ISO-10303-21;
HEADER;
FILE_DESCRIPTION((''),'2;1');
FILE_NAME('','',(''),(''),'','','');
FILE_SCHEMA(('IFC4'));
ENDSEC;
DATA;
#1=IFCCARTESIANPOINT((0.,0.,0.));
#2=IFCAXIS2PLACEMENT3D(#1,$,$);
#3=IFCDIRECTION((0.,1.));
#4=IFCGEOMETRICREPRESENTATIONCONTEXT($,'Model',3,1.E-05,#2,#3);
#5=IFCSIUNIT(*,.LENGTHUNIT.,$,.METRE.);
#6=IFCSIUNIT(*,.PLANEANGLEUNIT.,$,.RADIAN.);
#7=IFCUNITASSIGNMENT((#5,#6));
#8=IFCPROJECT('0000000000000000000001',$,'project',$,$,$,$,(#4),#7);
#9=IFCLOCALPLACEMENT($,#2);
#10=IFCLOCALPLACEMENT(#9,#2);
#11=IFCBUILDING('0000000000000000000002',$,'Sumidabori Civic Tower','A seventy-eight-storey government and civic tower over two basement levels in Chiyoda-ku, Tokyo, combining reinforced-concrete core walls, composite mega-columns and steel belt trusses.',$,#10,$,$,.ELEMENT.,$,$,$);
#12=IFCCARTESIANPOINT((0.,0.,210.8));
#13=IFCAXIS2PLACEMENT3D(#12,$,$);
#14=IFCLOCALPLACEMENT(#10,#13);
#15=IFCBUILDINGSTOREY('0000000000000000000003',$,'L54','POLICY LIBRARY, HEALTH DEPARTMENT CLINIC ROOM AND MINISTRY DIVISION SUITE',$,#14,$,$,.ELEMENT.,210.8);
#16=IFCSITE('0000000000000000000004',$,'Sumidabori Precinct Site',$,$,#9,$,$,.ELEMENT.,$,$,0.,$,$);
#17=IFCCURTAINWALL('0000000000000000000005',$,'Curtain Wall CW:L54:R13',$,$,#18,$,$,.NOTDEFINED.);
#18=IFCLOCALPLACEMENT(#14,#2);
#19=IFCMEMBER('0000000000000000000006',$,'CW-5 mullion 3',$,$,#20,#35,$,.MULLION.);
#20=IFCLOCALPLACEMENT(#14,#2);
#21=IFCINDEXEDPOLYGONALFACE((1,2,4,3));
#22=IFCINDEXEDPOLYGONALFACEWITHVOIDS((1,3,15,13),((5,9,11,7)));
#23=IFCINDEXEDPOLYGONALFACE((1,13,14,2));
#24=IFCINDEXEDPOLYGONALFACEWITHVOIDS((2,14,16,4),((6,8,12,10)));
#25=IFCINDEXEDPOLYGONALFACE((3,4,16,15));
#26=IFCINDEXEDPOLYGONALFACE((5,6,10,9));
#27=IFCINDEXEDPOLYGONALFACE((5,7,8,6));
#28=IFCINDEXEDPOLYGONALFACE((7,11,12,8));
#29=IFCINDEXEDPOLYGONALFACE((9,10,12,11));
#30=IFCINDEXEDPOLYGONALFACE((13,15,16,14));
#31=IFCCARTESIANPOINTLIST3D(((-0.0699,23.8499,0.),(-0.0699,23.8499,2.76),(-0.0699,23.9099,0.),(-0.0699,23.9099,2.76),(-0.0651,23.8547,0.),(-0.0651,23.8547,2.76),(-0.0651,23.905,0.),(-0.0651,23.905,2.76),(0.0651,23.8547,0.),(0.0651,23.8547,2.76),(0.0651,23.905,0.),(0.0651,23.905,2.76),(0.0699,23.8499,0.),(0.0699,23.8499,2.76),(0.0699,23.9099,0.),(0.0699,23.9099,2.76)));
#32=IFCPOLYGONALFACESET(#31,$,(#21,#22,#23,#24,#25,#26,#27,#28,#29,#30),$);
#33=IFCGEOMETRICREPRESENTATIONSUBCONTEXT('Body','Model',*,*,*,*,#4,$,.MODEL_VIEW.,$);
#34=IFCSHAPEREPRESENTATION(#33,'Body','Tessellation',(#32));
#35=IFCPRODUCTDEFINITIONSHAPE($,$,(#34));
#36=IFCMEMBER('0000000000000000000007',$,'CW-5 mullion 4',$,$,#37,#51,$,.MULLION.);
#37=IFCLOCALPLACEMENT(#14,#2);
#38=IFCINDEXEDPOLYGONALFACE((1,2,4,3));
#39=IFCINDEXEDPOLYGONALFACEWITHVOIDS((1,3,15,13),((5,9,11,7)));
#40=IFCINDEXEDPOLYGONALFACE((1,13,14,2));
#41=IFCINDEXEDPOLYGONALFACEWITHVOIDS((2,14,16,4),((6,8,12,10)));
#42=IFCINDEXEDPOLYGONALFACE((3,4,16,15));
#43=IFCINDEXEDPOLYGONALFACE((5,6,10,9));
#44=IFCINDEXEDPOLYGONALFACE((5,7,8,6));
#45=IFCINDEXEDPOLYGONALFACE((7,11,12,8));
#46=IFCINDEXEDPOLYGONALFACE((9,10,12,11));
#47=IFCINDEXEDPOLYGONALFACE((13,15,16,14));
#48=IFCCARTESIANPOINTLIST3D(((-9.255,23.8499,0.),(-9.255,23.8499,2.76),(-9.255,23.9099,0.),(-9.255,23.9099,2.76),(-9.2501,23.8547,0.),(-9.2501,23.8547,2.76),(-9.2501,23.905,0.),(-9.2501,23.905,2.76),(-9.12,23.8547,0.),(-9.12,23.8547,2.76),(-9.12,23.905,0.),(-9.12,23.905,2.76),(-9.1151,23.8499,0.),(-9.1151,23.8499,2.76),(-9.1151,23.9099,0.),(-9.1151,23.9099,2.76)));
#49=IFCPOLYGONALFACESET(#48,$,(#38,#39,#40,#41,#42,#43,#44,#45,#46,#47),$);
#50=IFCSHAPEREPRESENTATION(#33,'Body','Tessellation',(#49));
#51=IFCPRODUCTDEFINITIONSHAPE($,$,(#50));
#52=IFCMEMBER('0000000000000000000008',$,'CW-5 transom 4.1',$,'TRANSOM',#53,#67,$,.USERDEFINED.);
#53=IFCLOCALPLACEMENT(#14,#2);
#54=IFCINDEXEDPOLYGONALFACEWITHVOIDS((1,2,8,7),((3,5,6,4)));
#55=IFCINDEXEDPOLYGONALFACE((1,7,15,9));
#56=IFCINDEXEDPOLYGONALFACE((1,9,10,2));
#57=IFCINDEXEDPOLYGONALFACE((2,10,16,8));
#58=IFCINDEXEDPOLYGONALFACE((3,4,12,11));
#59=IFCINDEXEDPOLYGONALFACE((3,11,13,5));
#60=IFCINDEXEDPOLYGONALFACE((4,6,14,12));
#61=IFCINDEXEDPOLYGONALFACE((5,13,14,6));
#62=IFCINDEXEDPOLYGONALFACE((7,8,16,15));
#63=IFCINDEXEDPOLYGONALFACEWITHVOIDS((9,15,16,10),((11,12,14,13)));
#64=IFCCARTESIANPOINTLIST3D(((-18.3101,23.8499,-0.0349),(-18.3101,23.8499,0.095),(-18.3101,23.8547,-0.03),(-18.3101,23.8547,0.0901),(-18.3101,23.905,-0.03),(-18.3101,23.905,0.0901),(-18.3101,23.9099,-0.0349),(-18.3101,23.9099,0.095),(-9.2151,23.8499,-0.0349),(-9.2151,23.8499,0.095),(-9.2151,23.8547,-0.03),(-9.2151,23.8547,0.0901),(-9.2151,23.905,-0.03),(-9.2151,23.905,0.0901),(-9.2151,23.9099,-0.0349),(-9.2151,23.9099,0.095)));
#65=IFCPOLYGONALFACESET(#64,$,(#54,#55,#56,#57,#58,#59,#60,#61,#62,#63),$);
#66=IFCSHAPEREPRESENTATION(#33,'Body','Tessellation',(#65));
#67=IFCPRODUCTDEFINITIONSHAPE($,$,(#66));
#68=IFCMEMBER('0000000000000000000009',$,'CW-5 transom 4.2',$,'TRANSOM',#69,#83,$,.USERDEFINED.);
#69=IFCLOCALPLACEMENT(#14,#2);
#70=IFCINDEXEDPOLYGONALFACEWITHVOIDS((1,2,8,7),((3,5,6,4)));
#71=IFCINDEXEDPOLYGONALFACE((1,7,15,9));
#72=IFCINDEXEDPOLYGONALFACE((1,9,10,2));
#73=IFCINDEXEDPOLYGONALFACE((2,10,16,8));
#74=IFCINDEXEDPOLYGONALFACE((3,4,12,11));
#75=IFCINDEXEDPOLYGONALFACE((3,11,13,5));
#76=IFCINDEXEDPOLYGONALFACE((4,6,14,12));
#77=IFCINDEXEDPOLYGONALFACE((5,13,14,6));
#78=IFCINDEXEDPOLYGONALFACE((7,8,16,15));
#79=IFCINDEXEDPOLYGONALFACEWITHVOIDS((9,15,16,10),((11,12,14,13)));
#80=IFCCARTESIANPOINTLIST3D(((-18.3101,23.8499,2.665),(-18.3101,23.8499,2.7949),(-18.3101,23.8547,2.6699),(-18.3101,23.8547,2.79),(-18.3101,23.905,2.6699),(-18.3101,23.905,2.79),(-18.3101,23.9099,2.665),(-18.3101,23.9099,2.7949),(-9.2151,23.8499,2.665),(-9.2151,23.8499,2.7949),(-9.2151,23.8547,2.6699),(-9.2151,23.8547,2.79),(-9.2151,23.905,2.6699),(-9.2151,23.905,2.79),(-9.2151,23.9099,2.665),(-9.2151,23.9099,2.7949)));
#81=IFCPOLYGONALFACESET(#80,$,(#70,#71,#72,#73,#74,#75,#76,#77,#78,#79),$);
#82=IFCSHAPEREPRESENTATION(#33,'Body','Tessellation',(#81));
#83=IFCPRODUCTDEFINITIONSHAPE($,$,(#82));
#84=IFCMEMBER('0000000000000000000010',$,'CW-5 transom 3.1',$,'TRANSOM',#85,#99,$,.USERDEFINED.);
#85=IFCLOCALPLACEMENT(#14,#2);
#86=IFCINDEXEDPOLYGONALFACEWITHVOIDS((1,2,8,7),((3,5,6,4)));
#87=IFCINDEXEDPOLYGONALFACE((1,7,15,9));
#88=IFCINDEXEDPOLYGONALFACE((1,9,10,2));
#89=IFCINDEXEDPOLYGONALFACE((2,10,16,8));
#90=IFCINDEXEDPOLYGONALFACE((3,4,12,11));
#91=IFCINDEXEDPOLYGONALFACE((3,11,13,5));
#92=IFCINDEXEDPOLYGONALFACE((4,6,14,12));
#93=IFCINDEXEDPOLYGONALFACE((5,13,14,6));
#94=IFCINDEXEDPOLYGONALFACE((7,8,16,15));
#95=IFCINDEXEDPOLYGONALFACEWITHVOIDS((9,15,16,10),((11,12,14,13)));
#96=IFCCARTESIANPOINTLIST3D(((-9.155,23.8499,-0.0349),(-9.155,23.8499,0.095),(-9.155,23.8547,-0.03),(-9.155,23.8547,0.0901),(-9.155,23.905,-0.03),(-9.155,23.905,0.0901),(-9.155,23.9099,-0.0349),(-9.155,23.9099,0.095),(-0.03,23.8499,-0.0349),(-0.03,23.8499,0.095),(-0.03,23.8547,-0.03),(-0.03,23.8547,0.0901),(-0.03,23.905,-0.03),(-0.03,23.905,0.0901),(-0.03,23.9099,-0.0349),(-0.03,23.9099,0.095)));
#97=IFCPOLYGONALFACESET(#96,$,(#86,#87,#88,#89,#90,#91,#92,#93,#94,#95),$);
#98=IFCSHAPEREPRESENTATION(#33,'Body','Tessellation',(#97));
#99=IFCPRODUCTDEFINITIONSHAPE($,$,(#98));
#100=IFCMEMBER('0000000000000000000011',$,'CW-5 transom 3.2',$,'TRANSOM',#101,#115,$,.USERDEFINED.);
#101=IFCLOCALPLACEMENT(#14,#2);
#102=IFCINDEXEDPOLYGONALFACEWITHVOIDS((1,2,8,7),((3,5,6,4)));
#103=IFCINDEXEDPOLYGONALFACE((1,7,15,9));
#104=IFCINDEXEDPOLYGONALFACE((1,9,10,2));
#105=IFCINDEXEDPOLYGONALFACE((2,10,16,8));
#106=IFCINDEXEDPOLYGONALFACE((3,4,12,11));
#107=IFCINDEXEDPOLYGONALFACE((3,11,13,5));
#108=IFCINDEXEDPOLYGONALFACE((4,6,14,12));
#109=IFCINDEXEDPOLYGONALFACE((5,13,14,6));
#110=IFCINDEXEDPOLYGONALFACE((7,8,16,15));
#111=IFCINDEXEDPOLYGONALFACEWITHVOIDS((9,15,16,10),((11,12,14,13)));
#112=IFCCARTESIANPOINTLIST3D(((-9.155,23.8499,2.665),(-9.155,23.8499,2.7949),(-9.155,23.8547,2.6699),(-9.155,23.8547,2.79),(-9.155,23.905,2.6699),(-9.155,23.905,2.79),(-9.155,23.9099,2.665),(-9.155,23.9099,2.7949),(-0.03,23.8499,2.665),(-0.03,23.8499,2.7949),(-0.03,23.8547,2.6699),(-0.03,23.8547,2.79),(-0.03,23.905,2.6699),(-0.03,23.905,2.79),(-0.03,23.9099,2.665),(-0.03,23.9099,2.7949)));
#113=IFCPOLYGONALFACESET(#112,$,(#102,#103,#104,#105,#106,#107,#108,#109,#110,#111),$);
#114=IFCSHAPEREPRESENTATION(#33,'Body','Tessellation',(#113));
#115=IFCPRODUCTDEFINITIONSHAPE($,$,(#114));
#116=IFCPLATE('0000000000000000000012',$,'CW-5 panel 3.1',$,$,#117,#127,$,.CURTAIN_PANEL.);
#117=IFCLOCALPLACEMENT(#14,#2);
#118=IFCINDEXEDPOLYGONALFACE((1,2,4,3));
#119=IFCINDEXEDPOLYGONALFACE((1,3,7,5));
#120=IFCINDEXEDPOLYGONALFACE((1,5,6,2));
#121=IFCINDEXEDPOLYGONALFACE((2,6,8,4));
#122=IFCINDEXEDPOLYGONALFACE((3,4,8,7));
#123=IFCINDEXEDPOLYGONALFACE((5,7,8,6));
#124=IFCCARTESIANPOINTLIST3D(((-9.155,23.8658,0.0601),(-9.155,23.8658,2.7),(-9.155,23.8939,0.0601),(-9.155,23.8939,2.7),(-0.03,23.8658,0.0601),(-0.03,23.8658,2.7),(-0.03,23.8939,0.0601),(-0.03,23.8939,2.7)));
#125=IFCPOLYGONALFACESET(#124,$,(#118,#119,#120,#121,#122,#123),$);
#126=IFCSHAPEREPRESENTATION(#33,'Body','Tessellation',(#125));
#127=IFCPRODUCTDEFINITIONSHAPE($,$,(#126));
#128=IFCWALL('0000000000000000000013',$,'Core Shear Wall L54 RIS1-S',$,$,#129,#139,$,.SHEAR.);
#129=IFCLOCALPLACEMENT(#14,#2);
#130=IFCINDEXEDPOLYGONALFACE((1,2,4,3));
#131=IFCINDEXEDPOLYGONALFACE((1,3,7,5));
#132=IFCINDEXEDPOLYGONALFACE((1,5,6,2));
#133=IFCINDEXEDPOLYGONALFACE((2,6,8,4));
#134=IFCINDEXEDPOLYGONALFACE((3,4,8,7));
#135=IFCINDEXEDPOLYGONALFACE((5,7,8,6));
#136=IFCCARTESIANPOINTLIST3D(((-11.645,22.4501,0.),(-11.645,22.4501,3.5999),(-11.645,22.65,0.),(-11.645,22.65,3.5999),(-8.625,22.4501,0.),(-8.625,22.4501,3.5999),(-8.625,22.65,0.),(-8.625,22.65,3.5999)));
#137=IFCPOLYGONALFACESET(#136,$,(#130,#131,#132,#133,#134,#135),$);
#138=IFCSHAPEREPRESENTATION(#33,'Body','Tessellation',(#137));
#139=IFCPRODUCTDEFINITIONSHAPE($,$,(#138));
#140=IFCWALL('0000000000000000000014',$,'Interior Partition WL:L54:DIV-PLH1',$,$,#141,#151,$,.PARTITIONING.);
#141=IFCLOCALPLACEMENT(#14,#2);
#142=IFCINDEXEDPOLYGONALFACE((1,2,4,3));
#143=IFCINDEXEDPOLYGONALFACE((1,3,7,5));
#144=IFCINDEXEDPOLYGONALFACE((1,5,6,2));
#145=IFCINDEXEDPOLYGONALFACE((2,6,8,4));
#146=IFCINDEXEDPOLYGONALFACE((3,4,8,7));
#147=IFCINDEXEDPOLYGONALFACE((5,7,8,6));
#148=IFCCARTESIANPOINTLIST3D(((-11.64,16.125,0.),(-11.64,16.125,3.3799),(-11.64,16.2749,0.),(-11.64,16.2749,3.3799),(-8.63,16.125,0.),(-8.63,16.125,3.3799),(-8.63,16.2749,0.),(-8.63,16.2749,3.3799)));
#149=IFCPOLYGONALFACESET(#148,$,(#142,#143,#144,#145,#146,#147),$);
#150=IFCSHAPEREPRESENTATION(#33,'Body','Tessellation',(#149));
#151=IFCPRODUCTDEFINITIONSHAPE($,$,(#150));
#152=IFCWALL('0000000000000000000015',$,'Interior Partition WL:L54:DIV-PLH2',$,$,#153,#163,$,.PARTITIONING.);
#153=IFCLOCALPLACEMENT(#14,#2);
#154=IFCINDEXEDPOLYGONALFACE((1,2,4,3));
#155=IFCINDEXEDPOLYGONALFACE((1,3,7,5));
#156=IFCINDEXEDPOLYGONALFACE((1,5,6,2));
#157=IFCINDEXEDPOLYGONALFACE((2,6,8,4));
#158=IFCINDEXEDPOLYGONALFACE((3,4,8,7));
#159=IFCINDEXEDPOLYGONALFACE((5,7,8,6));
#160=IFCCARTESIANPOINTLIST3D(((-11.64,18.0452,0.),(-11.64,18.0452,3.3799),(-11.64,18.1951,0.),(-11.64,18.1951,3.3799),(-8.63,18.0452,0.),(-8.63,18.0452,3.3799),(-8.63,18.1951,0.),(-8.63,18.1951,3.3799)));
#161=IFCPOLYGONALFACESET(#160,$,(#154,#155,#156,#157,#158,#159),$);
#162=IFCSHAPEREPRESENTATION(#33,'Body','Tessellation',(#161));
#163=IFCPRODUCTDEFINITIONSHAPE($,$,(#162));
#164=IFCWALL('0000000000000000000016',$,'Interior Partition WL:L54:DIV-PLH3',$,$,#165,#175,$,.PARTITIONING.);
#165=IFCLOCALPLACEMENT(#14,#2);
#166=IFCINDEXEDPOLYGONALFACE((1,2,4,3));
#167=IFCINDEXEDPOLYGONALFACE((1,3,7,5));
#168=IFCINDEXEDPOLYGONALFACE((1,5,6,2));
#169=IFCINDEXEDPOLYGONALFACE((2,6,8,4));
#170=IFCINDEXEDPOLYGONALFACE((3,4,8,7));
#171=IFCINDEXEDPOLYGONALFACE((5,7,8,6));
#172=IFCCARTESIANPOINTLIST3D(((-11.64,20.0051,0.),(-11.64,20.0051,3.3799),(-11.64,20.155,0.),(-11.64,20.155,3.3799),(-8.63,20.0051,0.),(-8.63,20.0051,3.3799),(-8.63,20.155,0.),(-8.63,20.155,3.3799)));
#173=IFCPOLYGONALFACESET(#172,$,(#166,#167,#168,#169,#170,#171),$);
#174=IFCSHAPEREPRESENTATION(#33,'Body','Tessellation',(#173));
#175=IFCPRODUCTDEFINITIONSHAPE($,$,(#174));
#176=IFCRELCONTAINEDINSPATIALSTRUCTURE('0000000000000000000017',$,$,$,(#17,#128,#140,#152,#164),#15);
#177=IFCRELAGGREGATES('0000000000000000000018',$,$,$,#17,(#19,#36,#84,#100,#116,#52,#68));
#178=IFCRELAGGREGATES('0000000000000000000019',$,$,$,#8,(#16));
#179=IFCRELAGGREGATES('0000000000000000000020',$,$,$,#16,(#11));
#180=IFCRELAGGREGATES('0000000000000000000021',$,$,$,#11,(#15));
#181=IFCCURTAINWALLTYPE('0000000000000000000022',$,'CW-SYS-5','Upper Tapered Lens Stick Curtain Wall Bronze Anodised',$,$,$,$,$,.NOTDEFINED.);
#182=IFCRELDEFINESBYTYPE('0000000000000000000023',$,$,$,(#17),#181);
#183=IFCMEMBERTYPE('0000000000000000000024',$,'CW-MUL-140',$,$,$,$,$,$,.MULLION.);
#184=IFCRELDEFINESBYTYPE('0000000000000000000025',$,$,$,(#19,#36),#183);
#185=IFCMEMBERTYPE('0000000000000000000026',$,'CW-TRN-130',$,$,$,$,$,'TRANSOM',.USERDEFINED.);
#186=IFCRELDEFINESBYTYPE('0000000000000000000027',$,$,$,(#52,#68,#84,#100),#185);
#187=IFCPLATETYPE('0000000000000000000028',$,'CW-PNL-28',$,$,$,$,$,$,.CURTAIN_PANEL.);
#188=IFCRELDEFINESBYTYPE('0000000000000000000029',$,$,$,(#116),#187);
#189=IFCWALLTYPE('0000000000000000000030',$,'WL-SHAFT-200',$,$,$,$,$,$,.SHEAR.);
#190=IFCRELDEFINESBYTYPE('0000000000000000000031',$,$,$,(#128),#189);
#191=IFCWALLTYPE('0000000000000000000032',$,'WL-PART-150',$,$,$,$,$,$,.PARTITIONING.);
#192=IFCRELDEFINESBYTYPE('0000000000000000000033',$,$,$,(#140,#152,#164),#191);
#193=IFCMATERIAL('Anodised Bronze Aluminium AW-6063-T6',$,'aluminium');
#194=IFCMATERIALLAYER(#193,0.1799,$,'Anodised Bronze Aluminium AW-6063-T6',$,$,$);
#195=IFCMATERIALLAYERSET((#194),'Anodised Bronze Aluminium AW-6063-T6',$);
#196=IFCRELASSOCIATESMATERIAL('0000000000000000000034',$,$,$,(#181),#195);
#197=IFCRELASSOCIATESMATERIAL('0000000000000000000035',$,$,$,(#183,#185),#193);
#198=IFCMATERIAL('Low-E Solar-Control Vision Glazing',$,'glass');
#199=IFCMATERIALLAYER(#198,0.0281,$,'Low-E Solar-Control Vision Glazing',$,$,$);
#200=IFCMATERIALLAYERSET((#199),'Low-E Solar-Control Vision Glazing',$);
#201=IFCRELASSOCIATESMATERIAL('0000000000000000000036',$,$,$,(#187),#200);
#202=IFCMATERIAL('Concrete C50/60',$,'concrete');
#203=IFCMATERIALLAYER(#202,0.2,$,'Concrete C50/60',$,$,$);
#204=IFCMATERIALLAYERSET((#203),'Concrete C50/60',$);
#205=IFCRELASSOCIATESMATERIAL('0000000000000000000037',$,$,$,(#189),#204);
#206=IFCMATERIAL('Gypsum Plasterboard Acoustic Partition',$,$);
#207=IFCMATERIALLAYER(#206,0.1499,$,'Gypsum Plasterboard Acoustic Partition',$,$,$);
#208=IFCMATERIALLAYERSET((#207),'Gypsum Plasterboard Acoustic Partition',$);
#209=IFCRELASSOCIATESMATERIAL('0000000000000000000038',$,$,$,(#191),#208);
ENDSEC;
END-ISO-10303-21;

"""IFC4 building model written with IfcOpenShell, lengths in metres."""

from ifc_helpers import new_model, si_unit, direction, frame, frame_2d, origin, origin_2d, place, context, subcontext, project, spatial, rectangle, hollow_rectangle, extrude, source, transform, mapped, material, layer, layer_set, material_profile, profile_set, type_object, element, aggregate, save


model = new_model("IFC4")

# Units and contexts
model_context = context("Model", 3, precision=1e-05, world=origin(), true_north=direction((0.0, 1.0)))
body_context = subcontext(model_context, "Body", "Model", "MODEL_VIEW")
ifc_project = project(units=[si_unit("LENGTHUNIT", "METRE"), si_unit("PLANEANGLEUNIT", "RADIAN")], contexts=[model_context])

# Site, building, storey
site_placement = place(None, origin())
site = spatial("IfcSite", under=ifc_project, at=site_placement, Name="Sumidabori Precinct Site", CompositionType="ELEMENT", RefElevation=0.0)
building_placement = place(site_placement, origin())
building = spatial("IfcBuilding", under=site, at=building_placement, Name="Sumidabori Civic Tower", Description="A seventy-eight-storey government and civic tower over two basement levels in Chiyoda-ku, Tokyo, combining reinforced-concrete core walls, composite mega-columns and steel belt trusses.", CompositionType="ELEMENT")
storey_placement = place(building_placement, frame((0.0, 0.0, 210.8)))
storey = spatial("IfcBuildingStorey", under=building, at=storey_placement, Name="L54", Description="POLICY LIBRARY, HEALTH DEPARTMENT CLINIC ROOM AND MINISTRY DIVISION SUITE", CompositionType="ELEMENT", Elevation=210.8)

# Curtain wall, members, plate
ifc_material_1 = material(Name="Anodised Bronze Aluminium AW-6063-T6", Category="aluminium")
ifc_layer_1 = layer(ifc_material_1, 0.1799, Name="Anodised Bronze Aluminium AW-6063-T6")
ifc_layer_set_1 = layer_set([ifc_layer_1], Name="Anodised Bronze Aluminium AW-6063-T6")
curtain_wall_type = type_object("IfcCurtainWallType", Name="CW-SYS-5", Description="Upper Tapered Lens Stick Curtain Wall Bronze Anodised", PredefinedType="NOTDEFINED", material=ifc_layer_set_1)
curtain_wall_placement = place(storey_placement, origin())
curtain_wall = element("IfcCurtainWall", 1, at=curtain_wall_placement, inside=storey, type_object=curtain_wall_type, Name="Curtain Wall CW:L54:R13", PredefinedType="NOTDEFINED")
ifc_material_profile_1 = material_profile(ifc_material_1, hollow_rectangle(XDim=0.0601, YDim=0.1399, WallThickness=0.0049, at=origin_2d()), Name="ALU MULLION 140x60")
ifc_profile_set_1 = profile_set([ifc_material_profile_1], Name="Anodised Bronze Aluminium AW-6063-T6")
member_type_1 = type_object("IfcMemberType", Name="CW-MUL-140", PredefinedType="MULLION", material=ifc_profile_set_1)
shared_shape_1 = source(origin(), body_context, "Body", "SweptSolid", [
    extrude(hollow_rectangle(XDim=0.0601, YDim=0.1399, WallThickness=0.0049, at=origin_2d()), origin(), (0.0, 0.0, 1.0), 2.76),
])
member_1_placement = place(storey_placement, frame((0.0, 23.8799, 0.0), z_axis=(0.0, 0.0, 1.0), x_axis=(0.0, -1.0, 0.0)))
member_1 = element("IfcMember", 2, at=member_1_placement, type_object=member_type_1, Name="CW-5 mullion 3", PredefinedType="MULLION", context=body_context, shape_type="MappedRepresentation", body=[
    mapped(shared_shape_1, transform((0.0, 0.0, 0.0), x_axis=(1.0, 0.0, 0.0), y_axis=(0.0, 1.0, 0.0), z_axis=(0.0, 0.0, 1.0), scale=1.0)),
])
member_2_placement = place(storey_placement, frame((-9.1851, 23.8799, 0.0), z_axis=(0.0, 0.0, 1.0), x_axis=(0.0, -1.0, 0.0)))
member_2 = element("IfcMember", 3, at=member_2_placement, type_object=member_type_1, Name="CW-5 mullion 4", PredefinedType="MULLION", context=body_context, shape_type="MappedRepresentation", body=[
    mapped(shared_shape_1, transform((0.0, 0.0, 0.0), x_axis=(1.0, 0.0, 0.0), y_axis=(0.0, 1.0, 0.0), z_axis=(0.0, 0.0, 1.0), scale=1.0)),
])
ifc_material_profile_2 = material_profile(ifc_material_1, hollow_rectangle(XDim=0.0601, YDim=0.1299, WallThickness=0.0049, at=origin_2d()), Name="ALU TRANSOM 130x60")
ifc_profile_set_2 = profile_set([ifc_material_profile_2], Name="Anodised Bronze Aluminium AW-6063-T6")
member_type_2 = type_object("IfcMemberType", Name="CW-TRN-130", ElementType="TRANSOM", PredefinedType="USERDEFINED", material=ifc_profile_set_2)
shared_shape_2 = source(origin(), body_context, "Body", "SweptSolid", [
    extrude(hollow_rectangle(XDim=0.0601, YDim=0.1299, WallThickness=0.0049, at=origin_2d()), origin(), (0.0, 0.0, 1.0), 9.095),
])
member_3_placement = place(storey_placement, frame((-9.2151, 23.8799, 0.03), z_axis=(-1.0, 0.0, 0.0), x_axis=(0.0, -1.0, 0.0)))
member_3 = element("IfcMember", 4, at=member_3_placement, type_object=member_type_2, Name="CW-5 transom 4.1", ObjectType="TRANSOM", PredefinedType="USERDEFINED", context=body_context, shape_type="MappedRepresentation", body=[
    mapped(shared_shape_2, transform((0.0, 0.0, 0.0), x_axis=(1.0, 0.0, 0.0), y_axis=(0.0, 1.0, 0.0), z_axis=(0.0, 0.0, 1.0), scale=1.0)),
])
member_4_placement = place(storey_placement, frame((-9.2151, 23.8799, 2.73), z_axis=(-1.0, 0.0, 0.0), x_axis=(0.0, -1.0, 0.0)))
member_4 = element("IfcMember", 5, at=member_4_placement, type_object=member_type_2, Name="CW-5 transom 4.2", ObjectType="TRANSOM", PredefinedType="USERDEFINED", context=body_context, shape_type="MappedRepresentation", body=[
    mapped(shared_shape_2, transform((0.0, 0.0, 0.0), x_axis=(1.0, 0.0, 0.0), y_axis=(0.0, 1.0, 0.0), z_axis=(0.0, 0.0, 1.0), scale=1.0)),
])
shared_shape_3 = source(origin(), body_context, "Body", "SweptSolid", [
    extrude(hollow_rectangle(XDim=0.0601, YDim=0.1299, WallThickness=0.0049, at=origin_2d()), origin(), (0.0, 0.0, 1.0), 9.125),
])
member_5_placement = place(storey_placement, frame((-0.03, 23.8799, 0.03), z_axis=(-1.0, 0.0, 0.0), x_axis=(0.0, -1.0, 0.0)))
member_5 = element("IfcMember", 6, at=member_5_placement, type_object=member_type_2, Name="CW-5 transom 3.1", ObjectType="TRANSOM", PredefinedType="USERDEFINED", context=body_context, shape_type="MappedRepresentation", body=[
    mapped(shared_shape_3, transform((0.0, 0.0, 0.0), x_axis=(1.0, 0.0, 0.0), y_axis=(0.0, 1.0, 0.0), z_axis=(0.0, 0.0, 1.0), scale=1.0)),
])
member_6_placement = place(storey_placement, frame((-0.03, 23.8799, 2.73), z_axis=(-1.0, 0.0, 0.0), x_axis=(0.0, -1.0, 0.0)))
member_6 = element("IfcMember", 7, at=member_6_placement, type_object=member_type_2, Name="CW-5 transom 3.2", ObjectType="TRANSOM", PredefinedType="USERDEFINED", context=body_context, shape_type="MappedRepresentation", body=[
    mapped(shared_shape_3, transform((0.0, 0.0, 0.0), x_axis=(1.0, 0.0, 0.0), y_axis=(0.0, 1.0, 0.0), z_axis=(0.0, 0.0, 1.0), scale=1.0)),
])
ifc_material_2 = material(Name="Low-E Solar-Control Vision Glazing", Category="glass")
ifc_layer_2 = layer(ifc_material_2, 0.0281, Name="Low-E Solar-Control Vision Glazing")
ifc_layer_set_2 = layer_set([ifc_layer_2], Name="Low-E Solar-Control Vision Glazing")
plate_type = type_object("IfcPlateType", Name="CW-PNL-28", PredefinedType="CURTAIN_PANEL", material=ifc_layer_set_2)
shared_shape_4 = source(origin(), body_context, "Body", "SweptSolid", [
    extrude(rectangle(XDim=9.125, YDim=0.0281, at=origin_2d()), origin(), (0.0, 0.0, 1.0), 2.6399),
])
plate_placement = place(storey_placement, frame((-4.5925, 23.8799, 0.0601), z_axis=(0.0, 0.0, 1.0), x_axis=(-1.0, 0.0, 0.0)))
plate = element("IfcPlate", 8, at=plate_placement, type_object=plate_type, Name="CW-5 panel 3.1", PredefinedType="CURTAIN_PANEL", context=body_context, shape_type="MappedRepresentation", body=[
    mapped(shared_shape_4, transform((0.0, 0.0, 0.0), x_axis=(1.0, 0.0, 0.0), y_axis=(0.0, 1.0, 0.0), z_axis=(0.0, 0.0, 1.0), scale=1.0)),
])
aggregate(curtain_wall, [member_1, member_2, member_5, member_6, plate, member_3, member_4])

# Walls
ifc_material_3 = material(Name="Concrete C50/60", Category="concrete")
ifc_layer_3 = layer(ifc_material_3, 0.2, Name="Concrete C50/60")
ifc_layer_set_3 = layer_set([ifc_layer_3], Name="Concrete C50/60")
wall_type_1 = type_object("IfcWallType", Name="WL-SHAFT-200", PredefinedType="SHEAR", material=ifc_layer_set_3)
shared_shape_5 = source(origin(), body_context, "Body", "SweptSolid", [
    extrude(rectangle(XDim=3.02, YDim=0.2, at=frame_2d((1.51, 0.0))), origin(), (0.0, 0.0, 1.0), 3.5999),
])
wall_1_placement = place(storey_placement, frame((-11.645, 22.55, 0.0), z_axis=(0.0, 0.0, 1.0), x_axis=(1.0, 0.0, 0.0)))
element("IfcWall", 9, at=wall_1_placement, inside=storey, type_object=wall_type_1, Name="Core Shear Wall L54 RIS1-S", PredefinedType="SHEAR", context=body_context, shape_type="MappedRepresentation", body=[
    mapped(shared_shape_5, transform((0.0, 0.0, 0.0), x_axis=(1.0, 0.0, 0.0), y_axis=(0.0, 1.0, 0.0), z_axis=(0.0, 0.0, 1.0), scale=1.0)),
])
ifc_material_4 = material(Name="Gypsum Plasterboard Acoustic Partition")
ifc_layer_4 = layer(ifc_material_4, 0.1499, Name="Gypsum Plasterboard Acoustic Partition")
ifc_layer_set_4 = layer_set([ifc_layer_4], Name="Gypsum Plasterboard Acoustic Partition")
wall_type_2 = type_object("IfcWallType", Name="WL-PART-150", PredefinedType="PARTITIONING", material=ifc_layer_set_4)
shared_shape_6 = source(origin(), body_context, "Body", "SweptSolid", [
    extrude(rectangle(XDim=3.01, YDim=0.1499, at=frame_2d((1.5049, 0.0))), origin(), (0.0, 0.0, 1.0), 3.3799),
])
for number, where, z_axis, x_axis, name in (
    (10, (-11.6399, 16.2, 0.0), (0.0, 0.0, 1.0), (1.0, 0.0, 0.0), "Interior Partition WL:L54:DIV-PLH1"),
    (11, (-11.6399, 18.1201, 0.0), (0.0, 0.0, 1.0), (1.0, 0.0, 0.0), "Interior Partition WL:L54:DIV-PLH2"),
    (12, (-11.6399, 20.0801, 0.0), (0.0, 0.0, 1.0), (1.0, 0.0, 0.0), "Interior Partition WL:L54:DIV-PLH3"),
):
    element("IfcWall", number, at=place(storey_placement, frame(where, z_axis=z_axis, x_axis=x_axis)), inside=storey, type_object=wall_type_2, Name=name, PredefinedType="PARTITIONING", context=body_context, shape_type="MappedRepresentation", body=[
        mapped(shared_shape_6, transform((0.0, 0.0, 0.0), x_axis=(1.0, 0.0, 0.0), y_axis=(0.0, 1.0, 0.0), z_axis=(0.0, 0.0, 1.0), scale=1.0)),
    ])

save(model, "model.ifc")
